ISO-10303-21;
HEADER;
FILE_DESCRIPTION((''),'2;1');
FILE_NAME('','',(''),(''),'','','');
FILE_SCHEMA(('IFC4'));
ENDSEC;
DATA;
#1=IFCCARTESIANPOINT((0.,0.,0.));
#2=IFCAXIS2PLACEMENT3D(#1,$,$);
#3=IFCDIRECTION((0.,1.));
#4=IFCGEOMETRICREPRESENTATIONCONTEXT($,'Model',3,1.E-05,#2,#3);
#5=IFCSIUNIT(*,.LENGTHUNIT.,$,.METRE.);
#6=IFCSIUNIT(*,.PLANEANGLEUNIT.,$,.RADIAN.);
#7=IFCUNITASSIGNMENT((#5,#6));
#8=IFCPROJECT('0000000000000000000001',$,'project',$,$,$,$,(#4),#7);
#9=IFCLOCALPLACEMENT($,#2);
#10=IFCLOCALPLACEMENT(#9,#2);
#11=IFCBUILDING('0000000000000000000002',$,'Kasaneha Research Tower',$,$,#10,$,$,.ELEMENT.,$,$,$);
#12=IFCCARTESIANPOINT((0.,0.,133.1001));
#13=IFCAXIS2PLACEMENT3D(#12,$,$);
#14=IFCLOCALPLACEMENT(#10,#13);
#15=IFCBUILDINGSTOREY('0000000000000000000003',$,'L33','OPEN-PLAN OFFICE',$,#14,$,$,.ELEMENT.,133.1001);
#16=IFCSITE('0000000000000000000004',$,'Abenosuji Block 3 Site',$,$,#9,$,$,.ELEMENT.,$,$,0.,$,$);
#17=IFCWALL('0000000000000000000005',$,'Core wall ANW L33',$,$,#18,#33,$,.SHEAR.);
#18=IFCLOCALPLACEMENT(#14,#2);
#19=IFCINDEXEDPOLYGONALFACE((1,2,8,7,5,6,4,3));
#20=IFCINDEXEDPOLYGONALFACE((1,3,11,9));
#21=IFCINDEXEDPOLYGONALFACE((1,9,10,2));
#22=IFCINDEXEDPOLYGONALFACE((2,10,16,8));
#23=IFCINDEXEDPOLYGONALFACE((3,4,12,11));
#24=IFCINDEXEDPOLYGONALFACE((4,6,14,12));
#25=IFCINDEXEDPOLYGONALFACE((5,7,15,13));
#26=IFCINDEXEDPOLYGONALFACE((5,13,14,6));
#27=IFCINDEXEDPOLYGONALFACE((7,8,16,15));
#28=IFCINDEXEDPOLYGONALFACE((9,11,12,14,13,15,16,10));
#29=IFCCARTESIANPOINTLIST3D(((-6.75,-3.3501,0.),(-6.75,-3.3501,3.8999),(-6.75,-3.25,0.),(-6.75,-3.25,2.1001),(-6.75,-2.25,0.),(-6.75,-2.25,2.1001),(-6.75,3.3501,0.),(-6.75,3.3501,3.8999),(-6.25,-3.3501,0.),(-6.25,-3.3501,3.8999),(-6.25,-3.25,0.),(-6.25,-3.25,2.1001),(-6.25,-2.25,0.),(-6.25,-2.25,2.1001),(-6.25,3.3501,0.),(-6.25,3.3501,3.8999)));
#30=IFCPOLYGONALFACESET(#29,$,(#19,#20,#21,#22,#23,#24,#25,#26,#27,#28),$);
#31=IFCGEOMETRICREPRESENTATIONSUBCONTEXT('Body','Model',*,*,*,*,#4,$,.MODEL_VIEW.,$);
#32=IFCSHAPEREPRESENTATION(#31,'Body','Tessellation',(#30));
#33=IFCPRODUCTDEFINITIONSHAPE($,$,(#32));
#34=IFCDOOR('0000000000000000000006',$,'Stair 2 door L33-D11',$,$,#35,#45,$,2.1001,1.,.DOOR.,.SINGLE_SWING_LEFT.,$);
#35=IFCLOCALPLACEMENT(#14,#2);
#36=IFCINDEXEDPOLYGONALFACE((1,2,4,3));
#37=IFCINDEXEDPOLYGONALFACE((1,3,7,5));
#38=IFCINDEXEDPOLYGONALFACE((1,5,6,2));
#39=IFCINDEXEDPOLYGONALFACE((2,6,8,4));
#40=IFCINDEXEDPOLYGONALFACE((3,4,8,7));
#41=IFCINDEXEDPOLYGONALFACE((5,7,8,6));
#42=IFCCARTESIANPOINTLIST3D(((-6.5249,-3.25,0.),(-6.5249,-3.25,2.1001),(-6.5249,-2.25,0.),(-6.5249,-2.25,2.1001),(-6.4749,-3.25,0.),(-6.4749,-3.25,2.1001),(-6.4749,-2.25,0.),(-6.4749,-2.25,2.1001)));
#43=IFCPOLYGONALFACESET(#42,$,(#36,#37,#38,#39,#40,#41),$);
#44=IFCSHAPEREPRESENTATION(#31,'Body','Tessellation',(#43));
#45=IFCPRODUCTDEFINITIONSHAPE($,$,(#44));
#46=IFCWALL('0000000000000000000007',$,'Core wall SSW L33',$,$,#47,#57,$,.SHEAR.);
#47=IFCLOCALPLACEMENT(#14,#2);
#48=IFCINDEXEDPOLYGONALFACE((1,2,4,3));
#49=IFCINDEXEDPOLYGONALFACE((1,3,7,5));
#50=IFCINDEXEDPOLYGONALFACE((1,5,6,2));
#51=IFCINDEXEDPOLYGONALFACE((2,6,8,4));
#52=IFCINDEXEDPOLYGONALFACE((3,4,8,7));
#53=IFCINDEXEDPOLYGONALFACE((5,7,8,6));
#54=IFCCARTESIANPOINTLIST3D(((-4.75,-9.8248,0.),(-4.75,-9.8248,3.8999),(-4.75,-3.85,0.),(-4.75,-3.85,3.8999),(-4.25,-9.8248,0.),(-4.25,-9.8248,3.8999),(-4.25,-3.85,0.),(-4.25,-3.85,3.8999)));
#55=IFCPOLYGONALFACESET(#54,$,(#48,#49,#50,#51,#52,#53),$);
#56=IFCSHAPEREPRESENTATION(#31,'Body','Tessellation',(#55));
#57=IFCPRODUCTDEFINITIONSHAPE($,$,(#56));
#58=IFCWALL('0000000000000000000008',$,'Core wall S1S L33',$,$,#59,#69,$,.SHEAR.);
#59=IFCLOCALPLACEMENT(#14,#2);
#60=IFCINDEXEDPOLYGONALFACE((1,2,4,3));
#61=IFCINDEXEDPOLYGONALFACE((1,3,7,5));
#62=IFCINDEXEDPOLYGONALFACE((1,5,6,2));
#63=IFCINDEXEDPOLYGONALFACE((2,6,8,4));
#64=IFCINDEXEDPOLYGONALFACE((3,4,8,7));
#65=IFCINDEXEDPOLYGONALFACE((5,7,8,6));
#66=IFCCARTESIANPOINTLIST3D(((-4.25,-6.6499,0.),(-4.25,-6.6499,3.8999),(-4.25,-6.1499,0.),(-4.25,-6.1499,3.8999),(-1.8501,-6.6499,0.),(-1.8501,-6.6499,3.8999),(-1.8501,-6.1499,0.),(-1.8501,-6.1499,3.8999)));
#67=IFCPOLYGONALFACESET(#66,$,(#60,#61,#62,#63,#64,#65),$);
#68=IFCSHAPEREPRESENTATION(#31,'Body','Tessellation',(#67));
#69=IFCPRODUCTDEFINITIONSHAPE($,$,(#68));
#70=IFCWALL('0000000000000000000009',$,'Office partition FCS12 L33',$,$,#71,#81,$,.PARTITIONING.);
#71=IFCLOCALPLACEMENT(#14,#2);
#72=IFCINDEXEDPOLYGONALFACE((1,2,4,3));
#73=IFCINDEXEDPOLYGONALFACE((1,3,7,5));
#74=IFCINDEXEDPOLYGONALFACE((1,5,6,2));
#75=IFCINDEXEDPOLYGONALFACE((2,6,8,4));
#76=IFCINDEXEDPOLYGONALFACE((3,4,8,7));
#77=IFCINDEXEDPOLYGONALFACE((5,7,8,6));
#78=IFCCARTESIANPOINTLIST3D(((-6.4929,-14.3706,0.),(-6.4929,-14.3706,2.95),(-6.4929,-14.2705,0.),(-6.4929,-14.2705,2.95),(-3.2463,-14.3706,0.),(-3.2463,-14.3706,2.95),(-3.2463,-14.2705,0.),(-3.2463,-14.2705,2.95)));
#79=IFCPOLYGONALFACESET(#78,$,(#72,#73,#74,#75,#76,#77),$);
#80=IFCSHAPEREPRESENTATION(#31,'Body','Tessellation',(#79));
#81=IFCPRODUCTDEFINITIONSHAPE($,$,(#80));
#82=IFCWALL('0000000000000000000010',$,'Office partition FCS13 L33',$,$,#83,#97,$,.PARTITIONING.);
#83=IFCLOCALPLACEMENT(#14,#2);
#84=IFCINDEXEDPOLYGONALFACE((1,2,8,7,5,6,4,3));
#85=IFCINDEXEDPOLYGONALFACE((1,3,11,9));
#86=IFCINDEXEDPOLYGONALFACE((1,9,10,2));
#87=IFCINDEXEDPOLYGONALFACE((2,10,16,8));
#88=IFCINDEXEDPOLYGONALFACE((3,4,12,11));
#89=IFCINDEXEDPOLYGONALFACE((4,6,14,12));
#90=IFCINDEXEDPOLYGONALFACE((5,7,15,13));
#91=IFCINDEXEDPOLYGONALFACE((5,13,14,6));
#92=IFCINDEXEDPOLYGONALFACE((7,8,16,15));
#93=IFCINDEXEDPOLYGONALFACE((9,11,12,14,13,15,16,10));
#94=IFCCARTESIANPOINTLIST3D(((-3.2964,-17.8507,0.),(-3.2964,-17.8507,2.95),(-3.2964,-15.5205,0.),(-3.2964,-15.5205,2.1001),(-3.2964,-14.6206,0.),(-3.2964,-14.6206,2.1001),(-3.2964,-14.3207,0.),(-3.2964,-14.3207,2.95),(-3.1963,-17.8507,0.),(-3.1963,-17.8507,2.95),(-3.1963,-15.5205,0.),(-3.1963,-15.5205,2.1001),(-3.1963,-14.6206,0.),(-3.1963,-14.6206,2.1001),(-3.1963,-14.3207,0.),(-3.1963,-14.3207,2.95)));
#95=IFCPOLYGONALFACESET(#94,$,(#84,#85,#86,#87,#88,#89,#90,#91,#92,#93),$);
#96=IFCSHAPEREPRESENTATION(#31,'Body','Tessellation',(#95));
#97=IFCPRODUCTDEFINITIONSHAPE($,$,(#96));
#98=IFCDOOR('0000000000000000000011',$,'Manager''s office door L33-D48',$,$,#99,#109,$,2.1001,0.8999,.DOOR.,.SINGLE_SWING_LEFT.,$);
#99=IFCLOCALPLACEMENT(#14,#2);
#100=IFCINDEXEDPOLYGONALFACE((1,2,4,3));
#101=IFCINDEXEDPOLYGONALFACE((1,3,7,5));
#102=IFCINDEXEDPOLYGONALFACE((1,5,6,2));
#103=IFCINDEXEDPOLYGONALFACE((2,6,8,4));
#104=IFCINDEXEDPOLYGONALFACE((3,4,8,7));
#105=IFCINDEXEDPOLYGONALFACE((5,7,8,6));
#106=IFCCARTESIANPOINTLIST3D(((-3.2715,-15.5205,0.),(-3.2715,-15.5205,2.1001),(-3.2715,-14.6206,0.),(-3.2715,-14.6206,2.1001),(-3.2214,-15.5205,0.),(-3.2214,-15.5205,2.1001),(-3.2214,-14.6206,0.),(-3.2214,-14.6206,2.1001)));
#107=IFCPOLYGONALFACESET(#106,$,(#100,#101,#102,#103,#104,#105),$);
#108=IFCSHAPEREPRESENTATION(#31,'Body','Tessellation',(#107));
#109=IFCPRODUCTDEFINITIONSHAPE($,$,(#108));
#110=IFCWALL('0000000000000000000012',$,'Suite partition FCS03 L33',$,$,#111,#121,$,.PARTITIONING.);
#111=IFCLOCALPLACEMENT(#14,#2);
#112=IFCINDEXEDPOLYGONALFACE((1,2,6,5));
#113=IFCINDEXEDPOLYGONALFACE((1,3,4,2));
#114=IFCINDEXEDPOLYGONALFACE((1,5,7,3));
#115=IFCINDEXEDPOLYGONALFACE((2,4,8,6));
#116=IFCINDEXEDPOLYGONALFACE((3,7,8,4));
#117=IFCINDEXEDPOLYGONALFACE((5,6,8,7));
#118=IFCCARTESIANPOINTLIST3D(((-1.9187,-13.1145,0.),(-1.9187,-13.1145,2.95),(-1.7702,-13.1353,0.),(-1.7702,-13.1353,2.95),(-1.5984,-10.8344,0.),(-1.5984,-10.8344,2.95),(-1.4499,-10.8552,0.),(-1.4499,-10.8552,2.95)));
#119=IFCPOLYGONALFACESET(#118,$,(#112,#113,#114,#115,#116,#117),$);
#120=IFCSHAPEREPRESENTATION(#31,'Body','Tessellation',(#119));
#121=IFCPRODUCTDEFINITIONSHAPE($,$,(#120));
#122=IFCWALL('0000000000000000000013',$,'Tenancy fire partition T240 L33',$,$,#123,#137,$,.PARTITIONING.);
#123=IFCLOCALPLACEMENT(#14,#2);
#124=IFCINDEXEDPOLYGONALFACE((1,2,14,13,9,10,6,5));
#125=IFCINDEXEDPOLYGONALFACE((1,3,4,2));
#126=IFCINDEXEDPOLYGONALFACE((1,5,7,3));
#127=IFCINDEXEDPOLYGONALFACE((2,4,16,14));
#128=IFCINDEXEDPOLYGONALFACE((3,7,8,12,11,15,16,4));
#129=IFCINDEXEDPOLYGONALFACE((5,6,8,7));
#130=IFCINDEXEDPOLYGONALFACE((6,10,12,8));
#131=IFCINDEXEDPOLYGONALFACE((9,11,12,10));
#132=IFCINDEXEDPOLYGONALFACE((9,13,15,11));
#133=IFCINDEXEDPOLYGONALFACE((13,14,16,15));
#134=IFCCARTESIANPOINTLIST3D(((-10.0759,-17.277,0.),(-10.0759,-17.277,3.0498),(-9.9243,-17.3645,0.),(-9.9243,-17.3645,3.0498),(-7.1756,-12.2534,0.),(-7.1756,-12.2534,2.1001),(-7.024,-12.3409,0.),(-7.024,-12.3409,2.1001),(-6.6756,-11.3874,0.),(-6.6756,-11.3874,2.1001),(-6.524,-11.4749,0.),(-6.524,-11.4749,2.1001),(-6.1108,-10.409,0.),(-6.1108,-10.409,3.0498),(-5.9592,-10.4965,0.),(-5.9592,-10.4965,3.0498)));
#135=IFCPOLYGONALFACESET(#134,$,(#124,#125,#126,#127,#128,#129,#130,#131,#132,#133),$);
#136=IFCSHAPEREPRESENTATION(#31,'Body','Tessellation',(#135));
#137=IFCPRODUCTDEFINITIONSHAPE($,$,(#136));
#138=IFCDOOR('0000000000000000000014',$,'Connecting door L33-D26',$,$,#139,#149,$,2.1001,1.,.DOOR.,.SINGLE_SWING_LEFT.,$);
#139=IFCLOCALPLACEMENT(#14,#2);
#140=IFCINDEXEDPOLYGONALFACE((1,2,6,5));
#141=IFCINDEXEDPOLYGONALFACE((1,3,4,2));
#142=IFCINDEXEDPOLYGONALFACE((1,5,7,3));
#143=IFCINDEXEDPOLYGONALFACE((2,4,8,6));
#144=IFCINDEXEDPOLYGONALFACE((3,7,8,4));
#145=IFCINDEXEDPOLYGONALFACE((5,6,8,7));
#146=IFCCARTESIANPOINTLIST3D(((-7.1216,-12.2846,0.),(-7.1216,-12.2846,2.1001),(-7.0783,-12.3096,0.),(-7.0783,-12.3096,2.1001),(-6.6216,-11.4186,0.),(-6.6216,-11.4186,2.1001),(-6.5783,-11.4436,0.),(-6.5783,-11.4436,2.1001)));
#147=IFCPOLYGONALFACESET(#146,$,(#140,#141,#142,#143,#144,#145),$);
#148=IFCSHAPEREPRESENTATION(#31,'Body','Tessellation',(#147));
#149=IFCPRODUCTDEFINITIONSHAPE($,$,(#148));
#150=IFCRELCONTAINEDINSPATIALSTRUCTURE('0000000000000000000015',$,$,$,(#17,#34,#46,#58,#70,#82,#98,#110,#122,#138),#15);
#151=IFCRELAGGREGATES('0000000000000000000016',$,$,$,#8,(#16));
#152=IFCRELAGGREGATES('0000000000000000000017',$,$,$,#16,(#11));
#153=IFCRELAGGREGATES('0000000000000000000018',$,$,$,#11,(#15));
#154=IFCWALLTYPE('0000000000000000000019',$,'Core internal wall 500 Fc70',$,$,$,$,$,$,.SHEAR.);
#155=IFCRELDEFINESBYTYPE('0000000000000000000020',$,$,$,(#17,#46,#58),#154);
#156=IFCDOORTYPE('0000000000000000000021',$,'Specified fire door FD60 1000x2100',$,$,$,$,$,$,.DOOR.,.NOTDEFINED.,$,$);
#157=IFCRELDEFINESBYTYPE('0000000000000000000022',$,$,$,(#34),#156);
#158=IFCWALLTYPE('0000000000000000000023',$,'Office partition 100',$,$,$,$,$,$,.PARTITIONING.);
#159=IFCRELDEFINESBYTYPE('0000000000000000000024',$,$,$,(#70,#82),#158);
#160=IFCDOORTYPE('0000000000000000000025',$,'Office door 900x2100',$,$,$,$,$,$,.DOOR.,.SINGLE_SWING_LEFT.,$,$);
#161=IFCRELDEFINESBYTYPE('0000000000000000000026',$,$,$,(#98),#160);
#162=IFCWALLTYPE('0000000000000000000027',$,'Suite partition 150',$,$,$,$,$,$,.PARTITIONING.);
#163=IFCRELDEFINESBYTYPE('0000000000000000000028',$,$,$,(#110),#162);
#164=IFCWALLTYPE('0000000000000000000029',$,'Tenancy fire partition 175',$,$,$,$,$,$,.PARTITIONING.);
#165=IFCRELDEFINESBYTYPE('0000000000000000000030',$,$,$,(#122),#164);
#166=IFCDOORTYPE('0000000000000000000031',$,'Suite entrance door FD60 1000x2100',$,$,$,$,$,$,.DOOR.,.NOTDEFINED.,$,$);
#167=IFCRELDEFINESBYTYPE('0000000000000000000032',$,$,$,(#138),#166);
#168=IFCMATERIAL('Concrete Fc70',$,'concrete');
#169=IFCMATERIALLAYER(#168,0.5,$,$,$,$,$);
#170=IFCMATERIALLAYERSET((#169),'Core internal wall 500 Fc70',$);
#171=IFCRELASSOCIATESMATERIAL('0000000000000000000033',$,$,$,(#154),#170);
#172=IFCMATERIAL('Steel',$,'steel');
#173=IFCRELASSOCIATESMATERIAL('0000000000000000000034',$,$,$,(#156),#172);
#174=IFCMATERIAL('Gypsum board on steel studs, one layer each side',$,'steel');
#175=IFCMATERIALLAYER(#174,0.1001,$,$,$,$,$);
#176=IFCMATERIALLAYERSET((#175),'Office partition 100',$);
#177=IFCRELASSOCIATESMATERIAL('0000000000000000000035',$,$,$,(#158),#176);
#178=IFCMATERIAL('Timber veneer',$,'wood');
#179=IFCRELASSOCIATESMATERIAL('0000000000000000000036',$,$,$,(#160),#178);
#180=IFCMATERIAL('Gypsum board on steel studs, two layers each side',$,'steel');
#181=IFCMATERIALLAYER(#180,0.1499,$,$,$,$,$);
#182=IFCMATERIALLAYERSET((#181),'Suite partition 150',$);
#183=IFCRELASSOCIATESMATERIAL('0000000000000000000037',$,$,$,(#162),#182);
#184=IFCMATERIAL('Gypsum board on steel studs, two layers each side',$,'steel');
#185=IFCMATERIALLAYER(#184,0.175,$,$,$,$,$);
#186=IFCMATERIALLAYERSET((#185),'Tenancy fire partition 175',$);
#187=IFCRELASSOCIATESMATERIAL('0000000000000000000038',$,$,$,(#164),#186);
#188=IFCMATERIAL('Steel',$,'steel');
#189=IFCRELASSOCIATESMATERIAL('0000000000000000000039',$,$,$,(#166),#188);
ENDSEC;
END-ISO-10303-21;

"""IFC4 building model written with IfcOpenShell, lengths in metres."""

from ifc_helpers import new_model, si_unit, direction, frame, frame_2d, origin, place, context, subcontext, project, spatial, rectangle, extrude, material, layer, layer_set, type_object, element, fill, save


model = new_model("IFC4")

# Units and contexts
model_context = context("Model", 3, precision=1e-05, world=origin(), true_north=direction((0.0, 1.0)))
body_context = subcontext(model_context, "Body", "Model", "MODEL_VIEW")
ifc_project = project(units=[si_unit("LENGTHUNIT", "METRE"), si_unit("PLANEANGLEUNIT", "RADIAN")], contexts=[model_context])

# Site, building, storey
site_placement = place(None, origin())
site = spatial("IfcSite", under=ifc_project, at=site_placement, Name="Abenosuji Block 3 Site", CompositionType="ELEMENT", RefElevation=0.0)
building_placement = place(site_placement, origin())
building = spatial("IfcBuilding", under=site, at=building_placement, Name="Kasaneha Research Tower", CompositionType="ELEMENT")
storey_placement = place(building_placement, frame((0.0, 0.0, 133.1001)))
storey = spatial("IfcBuildingStorey", under=building, at=storey_placement, Name="L33", Description="OPEN-PLAN OFFICE", CompositionType="ELEMENT", Elevation=133.1001)

# Wall, opening, door
ifc_material_1 = material(Name="Concrete Fc70", Category="concrete")
ifc_layer_1 = layer(ifc_material_1, 0.5)
ifc_layer_set_1 = layer_set([ifc_layer_1], Name="Core internal wall 500 Fc70")
wall_type_1 = type_object("IfcWallType", Name="Core internal wall 500 Fc70", PredefinedType="SHEAR", material=ifc_layer_set_1)
ifc_material_2 = material(Name="Steel", Category="steel")
door_type_1 = type_object("IfcDoorType", Name="Specified fire door FD60 1000x2100", OperationType="NOTDEFINED", PredefinedType="DOOR", material=ifc_material_2)
wall_1_placement = place(storey_placement, frame((-6.5, -3.3501, 0.0), z_axis=(0.0, 0.0, 1.0), x_axis=(0.0, 1.0, 0.0)))
wall_1 = element("IfcWall", 1, at=wall_1_placement, inside=storey, type_object=wall_type_1, Name="Core wall ANW L33", PredefinedType="SHEAR", context=body_context, shape_type="SweptSolid", body=[
    extrude(rectangle(XDim=6.7002, YDim=0.5, at=frame_2d((3.3501, 0.0))), origin(), (0.0, 0.0, 1.0), 3.8999),
])
opening_1_placement = place(wall_1_placement, frame((0.1001, 0.0, 0.0)))
opening_1 = element("IfcOpeningElement", 2, at=opening_1_placement, cuts=wall_1, PredefinedType="OPENING", context=body_context, shape_type="SweptSolid", body=[
    extrude(rectangle(XDim=1.0, YDim=2.1001, at=frame_2d((0.5, 1.05))), frame((0.0, 0.26, 0.0), z_axis=(0.0, -1.0, 0.0), x_axis=(1.0, 0.0, 0.0)), (0.0, 0.0, 1.0), 0.52),
])
door_1_placement = place(opening_1_placement, origin())
door_1 = element("IfcDoor", 3, at=door_1_placement, inside=storey, type_object=door_type_1, Name="Stair 2 door L33-D11", OperationType="SINGLE_SWING_LEFT", OverallHeight=2.1001, OverallWidth=1.0, PredefinedType="DOOR", context=body_context, shape_type="SweptSolid", body=[
    extrude(rectangle(XDim=1.0, YDim=2.1001, at=frame_2d((0.5, 1.05))), frame((0.0, 0.0249, 0.0), z_axis=(0.0, -1.0, 0.0), x_axis=(1.0, 0.0, 0.0)), (0.0, 0.0, 1.0), 0.05),
])
fill(opening_1, door_1)

# Walls
wall_2_placement = place(storey_placement, frame((-4.5, -3.8501, 0.0), z_axis=(0.0, 0.0, 1.0), x_axis=(0.0, -1.0, 0.0)))
element("IfcWall", 4, at=wall_2_placement, inside=storey, type_object=wall_type_1, Name="Core wall SSW L33", PredefinedType="SHEAR", context=body_context, shape_type="SweptSolid", body=[
    extrude(rectangle(XDim=5.9749, YDim=0.5, at=frame_2d((2.9873, 0.0))), origin(), (0.0, 0.0, 1.0), 3.8999),
])
wall_3_placement = place(storey_placement, frame((-4.25, -6.3999, 0.0), z_axis=(0.0, 0.0, 1.0), x_axis=(1.0, 0.0, 0.0)))
element("IfcWall", 5, at=wall_3_placement, inside=storey, type_object=wall_type_1, Name="Core wall S1S L33", PredefinedType="SHEAR", context=body_context, shape_type="SweptSolid", body=[
    extrude(rectangle(XDim=2.3999, YDim=0.5, at=frame_2d((1.2, 0.0))), origin(), (0.0, 0.0, 1.0), 3.8999),
])

# Wall
ifc_material_3 = material(Name="Gypsum board on steel studs, one layer each side", Category="steel")
ifc_layer_2 = layer(ifc_material_3, 0.1001)
ifc_layer_set_2 = layer_set([ifc_layer_2], Name="Office partition 100")
wall_type_2 = type_object("IfcWallType", Name="Office partition 100", PredefinedType="PARTITIONING", material=ifc_layer_set_2)
wall_4_placement = place(storey_placement, frame((-6.4929, -14.3206, 0.0), z_axis=(0.0, 0.0, 1.0), x_axis=(1.0, 0.0, 0.0)))
element("IfcWall", 6, at=wall_4_placement, inside=storey, type_object=wall_type_2, Name="Office partition FCS12 L33", PredefinedType="PARTITIONING", context=body_context, shape_type="SweptSolid", body=[
    extrude(rectangle(XDim=3.2466, YDim=0.1001, at=frame_2d((1.6233, 0.0))), origin(), (0.0, 0.0, 1.0), 2.95),
])

# Wall, opening, door
wall_5_placement = place(storey_placement, frame((-3.2463, -14.3206, 0.0), z_axis=(0.0, 0.0, 1.0), x_axis=(0.0, -1.0, 0.0)))
wall_5 = element("IfcWall", 7, at=wall_5_placement, inside=storey, type_object=wall_type_2, Name="Office partition FCS13 L33", PredefinedType="PARTITIONING", context=body_context, shape_type="SweptSolid", body=[
    extrude(rectangle(XDim=3.53, YDim=0.1001, at=frame_2d((1.7651, 0.0))), origin(), (0.0, 0.0, 1.0), 2.95),
])
opening_2_placement = place(wall_5_placement, frame((0.3, 0.0, 0.0)))
opening_2 = element("IfcOpeningElement", 8, at=opening_2_placement, cuts=wall_5, PredefinedType="OPENING", context=body_context, shape_type="SweptSolid", body=[
    extrude(rectangle(XDim=0.8999, YDim=2.1001, at=frame_2d((0.45, 1.05))), frame((0.0, 0.0601, 0.0), z_axis=(0.0, -1.0, 0.0), x_axis=(1.0, 0.0, 0.0)), (0.0, 0.0, 1.0), 0.1201),
])
ifc_material_4 = material(Name="Timber veneer", Category="wood")
door_type_2 = type_object("IfcDoorType", Name="Office door 900x2100", OperationType="SINGLE_SWING_LEFT", PredefinedType="DOOR", material=ifc_material_4)
door_2_placement = place(opening_2_placement, origin())
door_2 = element("IfcDoor", 9, at=door_2_placement, inside=storey, type_object=door_type_2, Name="Manager's office door L33-D48", OperationType="SINGLE_SWING_LEFT", OverallHeight=2.1001, OverallWidth=0.8999, PredefinedType="DOOR", context=body_context, shape_type="SweptSolid", body=[
    extrude(rectangle(XDim=0.8999, YDim=2.1001, at=frame_2d((0.45, 1.05))), frame((0.0, 0.0249, 0.0), z_axis=(0.0, -1.0, 0.0), x_axis=(1.0, 0.0, 0.0)), (0.0, 0.0, 1.0), 0.05),
])
fill(opening_2, door_2)

# Wall
ifc_material_5 = material(Name="Gypsum board on steel studs, two layers each side", Category="steel")
ifc_layer_3 = layer(ifc_material_5, 0.1499)
ifc_layer_set_3 = layer_set([ifc_layer_3], Name="Suite partition 150")
wall_type_3 = type_object("IfcWallType", Name="Suite partition 150", PredefinedType="PARTITIONING", material=ifc_layer_set_3)
wall_6_placement = place(storey_placement, frame((-1.8445, -13.125, 0.0), z_axis=(0.0, 0.0, 1.0), x_axis=(0.13912, 0.990276, 0.0)))
element("IfcWall", 10, at=wall_6_placement, inside=storey, type_object=wall_type_3, Name="Suite partition FCS03 L33", PredefinedType="PARTITIONING", context=body_context, shape_type="SweptSolid", body=[
    extrude(rectangle(XDim=2.3025, YDim=0.1499, at=frame_2d((1.1514, 0.0))), origin(), (0.0, 0.0, 1.0), 2.95),
])

# Wall, opening, door
ifc_material_6 = material(Name="Gypsum board on steel studs, two layers each side", Category="steel")
ifc_layer_4 = layer(ifc_material_6, 0.175)
ifc_layer_set_4 = layer_set([ifc_layer_4], Name="Tenancy fire partition 175")
wall_type_4 = type_object("IfcWallType", Name="Tenancy fire partition 175", PredefinedType="PARTITIONING", material=ifc_layer_set_4)
wall_7_placement = place(storey_placement, frame((-6.0349, -10.4526, 0.0), z_axis=(0.0, 0.0, 1.0), x_axis=(-0.49999, -0.866031, 0.0)))
wall_7 = element("IfcWall", 11, at=wall_7_placement, inside=storey, type_object=wall_type_4, Name="Tenancy fire partition T240 L33", PredefinedType="PARTITIONING", context=body_context, shape_type="SweptSolid", body=[
    extrude(rectangle(XDim=7.9304, YDim=0.175, at=frame_2d((3.9653, 0.0))), origin(), (0.0, 0.0, 1.0), 3.0498),
])
opening_3_placement = place(wall_7_placement, frame((1.1299, 0.0, 0.0)))
opening_3 = element("IfcOpeningElement", 12, at=opening_3_placement, cuts=wall_7, PredefinedType="OPENING", context=body_context, shape_type="SweptSolid", body=[
    extrude(rectangle(XDim=1.0, YDim=2.1001, at=frame_2d((0.5, 1.05))), frame((0.0, 0.0977, 0.0), z_axis=(0.0, -1.0, 0.0), x_axis=(1.0, 0.0, 0.0)), (0.0, 0.0, 1.0), 0.1951),
])
ifc_material_7 = material(Name="Steel", Category="steel")
door_type_3 = type_object("IfcDoorType", Name="Suite entrance door FD60 1000x2100", OperationType="NOTDEFINED", PredefinedType="DOOR", material=ifc_material_7)
door_3_placement = place(opening_3_placement, origin())
door_3 = element("IfcDoor", 13, at=door_3_placement, inside=storey, type_object=door_type_3, Name="Connecting door L33-D26", OperationType="SINGLE_SWING_LEFT", OverallHeight=2.1001, OverallWidth=1.0, PredefinedType="DOOR", context=body_context, shape_type="SweptSolid", body=[
    extrude(rectangle(XDim=1.0, YDim=2.1001, at=frame_2d((0.5, 1.05))), frame((0.0, 0.0249, 0.0), z_axis=(0.0, -1.0, 0.0), x_axis=(1.0, 0.0, 0.0)), (0.0, 0.0, 1.0), 0.05),
])
fill(opening_3, door_3)

save(model, "model.ifc")
